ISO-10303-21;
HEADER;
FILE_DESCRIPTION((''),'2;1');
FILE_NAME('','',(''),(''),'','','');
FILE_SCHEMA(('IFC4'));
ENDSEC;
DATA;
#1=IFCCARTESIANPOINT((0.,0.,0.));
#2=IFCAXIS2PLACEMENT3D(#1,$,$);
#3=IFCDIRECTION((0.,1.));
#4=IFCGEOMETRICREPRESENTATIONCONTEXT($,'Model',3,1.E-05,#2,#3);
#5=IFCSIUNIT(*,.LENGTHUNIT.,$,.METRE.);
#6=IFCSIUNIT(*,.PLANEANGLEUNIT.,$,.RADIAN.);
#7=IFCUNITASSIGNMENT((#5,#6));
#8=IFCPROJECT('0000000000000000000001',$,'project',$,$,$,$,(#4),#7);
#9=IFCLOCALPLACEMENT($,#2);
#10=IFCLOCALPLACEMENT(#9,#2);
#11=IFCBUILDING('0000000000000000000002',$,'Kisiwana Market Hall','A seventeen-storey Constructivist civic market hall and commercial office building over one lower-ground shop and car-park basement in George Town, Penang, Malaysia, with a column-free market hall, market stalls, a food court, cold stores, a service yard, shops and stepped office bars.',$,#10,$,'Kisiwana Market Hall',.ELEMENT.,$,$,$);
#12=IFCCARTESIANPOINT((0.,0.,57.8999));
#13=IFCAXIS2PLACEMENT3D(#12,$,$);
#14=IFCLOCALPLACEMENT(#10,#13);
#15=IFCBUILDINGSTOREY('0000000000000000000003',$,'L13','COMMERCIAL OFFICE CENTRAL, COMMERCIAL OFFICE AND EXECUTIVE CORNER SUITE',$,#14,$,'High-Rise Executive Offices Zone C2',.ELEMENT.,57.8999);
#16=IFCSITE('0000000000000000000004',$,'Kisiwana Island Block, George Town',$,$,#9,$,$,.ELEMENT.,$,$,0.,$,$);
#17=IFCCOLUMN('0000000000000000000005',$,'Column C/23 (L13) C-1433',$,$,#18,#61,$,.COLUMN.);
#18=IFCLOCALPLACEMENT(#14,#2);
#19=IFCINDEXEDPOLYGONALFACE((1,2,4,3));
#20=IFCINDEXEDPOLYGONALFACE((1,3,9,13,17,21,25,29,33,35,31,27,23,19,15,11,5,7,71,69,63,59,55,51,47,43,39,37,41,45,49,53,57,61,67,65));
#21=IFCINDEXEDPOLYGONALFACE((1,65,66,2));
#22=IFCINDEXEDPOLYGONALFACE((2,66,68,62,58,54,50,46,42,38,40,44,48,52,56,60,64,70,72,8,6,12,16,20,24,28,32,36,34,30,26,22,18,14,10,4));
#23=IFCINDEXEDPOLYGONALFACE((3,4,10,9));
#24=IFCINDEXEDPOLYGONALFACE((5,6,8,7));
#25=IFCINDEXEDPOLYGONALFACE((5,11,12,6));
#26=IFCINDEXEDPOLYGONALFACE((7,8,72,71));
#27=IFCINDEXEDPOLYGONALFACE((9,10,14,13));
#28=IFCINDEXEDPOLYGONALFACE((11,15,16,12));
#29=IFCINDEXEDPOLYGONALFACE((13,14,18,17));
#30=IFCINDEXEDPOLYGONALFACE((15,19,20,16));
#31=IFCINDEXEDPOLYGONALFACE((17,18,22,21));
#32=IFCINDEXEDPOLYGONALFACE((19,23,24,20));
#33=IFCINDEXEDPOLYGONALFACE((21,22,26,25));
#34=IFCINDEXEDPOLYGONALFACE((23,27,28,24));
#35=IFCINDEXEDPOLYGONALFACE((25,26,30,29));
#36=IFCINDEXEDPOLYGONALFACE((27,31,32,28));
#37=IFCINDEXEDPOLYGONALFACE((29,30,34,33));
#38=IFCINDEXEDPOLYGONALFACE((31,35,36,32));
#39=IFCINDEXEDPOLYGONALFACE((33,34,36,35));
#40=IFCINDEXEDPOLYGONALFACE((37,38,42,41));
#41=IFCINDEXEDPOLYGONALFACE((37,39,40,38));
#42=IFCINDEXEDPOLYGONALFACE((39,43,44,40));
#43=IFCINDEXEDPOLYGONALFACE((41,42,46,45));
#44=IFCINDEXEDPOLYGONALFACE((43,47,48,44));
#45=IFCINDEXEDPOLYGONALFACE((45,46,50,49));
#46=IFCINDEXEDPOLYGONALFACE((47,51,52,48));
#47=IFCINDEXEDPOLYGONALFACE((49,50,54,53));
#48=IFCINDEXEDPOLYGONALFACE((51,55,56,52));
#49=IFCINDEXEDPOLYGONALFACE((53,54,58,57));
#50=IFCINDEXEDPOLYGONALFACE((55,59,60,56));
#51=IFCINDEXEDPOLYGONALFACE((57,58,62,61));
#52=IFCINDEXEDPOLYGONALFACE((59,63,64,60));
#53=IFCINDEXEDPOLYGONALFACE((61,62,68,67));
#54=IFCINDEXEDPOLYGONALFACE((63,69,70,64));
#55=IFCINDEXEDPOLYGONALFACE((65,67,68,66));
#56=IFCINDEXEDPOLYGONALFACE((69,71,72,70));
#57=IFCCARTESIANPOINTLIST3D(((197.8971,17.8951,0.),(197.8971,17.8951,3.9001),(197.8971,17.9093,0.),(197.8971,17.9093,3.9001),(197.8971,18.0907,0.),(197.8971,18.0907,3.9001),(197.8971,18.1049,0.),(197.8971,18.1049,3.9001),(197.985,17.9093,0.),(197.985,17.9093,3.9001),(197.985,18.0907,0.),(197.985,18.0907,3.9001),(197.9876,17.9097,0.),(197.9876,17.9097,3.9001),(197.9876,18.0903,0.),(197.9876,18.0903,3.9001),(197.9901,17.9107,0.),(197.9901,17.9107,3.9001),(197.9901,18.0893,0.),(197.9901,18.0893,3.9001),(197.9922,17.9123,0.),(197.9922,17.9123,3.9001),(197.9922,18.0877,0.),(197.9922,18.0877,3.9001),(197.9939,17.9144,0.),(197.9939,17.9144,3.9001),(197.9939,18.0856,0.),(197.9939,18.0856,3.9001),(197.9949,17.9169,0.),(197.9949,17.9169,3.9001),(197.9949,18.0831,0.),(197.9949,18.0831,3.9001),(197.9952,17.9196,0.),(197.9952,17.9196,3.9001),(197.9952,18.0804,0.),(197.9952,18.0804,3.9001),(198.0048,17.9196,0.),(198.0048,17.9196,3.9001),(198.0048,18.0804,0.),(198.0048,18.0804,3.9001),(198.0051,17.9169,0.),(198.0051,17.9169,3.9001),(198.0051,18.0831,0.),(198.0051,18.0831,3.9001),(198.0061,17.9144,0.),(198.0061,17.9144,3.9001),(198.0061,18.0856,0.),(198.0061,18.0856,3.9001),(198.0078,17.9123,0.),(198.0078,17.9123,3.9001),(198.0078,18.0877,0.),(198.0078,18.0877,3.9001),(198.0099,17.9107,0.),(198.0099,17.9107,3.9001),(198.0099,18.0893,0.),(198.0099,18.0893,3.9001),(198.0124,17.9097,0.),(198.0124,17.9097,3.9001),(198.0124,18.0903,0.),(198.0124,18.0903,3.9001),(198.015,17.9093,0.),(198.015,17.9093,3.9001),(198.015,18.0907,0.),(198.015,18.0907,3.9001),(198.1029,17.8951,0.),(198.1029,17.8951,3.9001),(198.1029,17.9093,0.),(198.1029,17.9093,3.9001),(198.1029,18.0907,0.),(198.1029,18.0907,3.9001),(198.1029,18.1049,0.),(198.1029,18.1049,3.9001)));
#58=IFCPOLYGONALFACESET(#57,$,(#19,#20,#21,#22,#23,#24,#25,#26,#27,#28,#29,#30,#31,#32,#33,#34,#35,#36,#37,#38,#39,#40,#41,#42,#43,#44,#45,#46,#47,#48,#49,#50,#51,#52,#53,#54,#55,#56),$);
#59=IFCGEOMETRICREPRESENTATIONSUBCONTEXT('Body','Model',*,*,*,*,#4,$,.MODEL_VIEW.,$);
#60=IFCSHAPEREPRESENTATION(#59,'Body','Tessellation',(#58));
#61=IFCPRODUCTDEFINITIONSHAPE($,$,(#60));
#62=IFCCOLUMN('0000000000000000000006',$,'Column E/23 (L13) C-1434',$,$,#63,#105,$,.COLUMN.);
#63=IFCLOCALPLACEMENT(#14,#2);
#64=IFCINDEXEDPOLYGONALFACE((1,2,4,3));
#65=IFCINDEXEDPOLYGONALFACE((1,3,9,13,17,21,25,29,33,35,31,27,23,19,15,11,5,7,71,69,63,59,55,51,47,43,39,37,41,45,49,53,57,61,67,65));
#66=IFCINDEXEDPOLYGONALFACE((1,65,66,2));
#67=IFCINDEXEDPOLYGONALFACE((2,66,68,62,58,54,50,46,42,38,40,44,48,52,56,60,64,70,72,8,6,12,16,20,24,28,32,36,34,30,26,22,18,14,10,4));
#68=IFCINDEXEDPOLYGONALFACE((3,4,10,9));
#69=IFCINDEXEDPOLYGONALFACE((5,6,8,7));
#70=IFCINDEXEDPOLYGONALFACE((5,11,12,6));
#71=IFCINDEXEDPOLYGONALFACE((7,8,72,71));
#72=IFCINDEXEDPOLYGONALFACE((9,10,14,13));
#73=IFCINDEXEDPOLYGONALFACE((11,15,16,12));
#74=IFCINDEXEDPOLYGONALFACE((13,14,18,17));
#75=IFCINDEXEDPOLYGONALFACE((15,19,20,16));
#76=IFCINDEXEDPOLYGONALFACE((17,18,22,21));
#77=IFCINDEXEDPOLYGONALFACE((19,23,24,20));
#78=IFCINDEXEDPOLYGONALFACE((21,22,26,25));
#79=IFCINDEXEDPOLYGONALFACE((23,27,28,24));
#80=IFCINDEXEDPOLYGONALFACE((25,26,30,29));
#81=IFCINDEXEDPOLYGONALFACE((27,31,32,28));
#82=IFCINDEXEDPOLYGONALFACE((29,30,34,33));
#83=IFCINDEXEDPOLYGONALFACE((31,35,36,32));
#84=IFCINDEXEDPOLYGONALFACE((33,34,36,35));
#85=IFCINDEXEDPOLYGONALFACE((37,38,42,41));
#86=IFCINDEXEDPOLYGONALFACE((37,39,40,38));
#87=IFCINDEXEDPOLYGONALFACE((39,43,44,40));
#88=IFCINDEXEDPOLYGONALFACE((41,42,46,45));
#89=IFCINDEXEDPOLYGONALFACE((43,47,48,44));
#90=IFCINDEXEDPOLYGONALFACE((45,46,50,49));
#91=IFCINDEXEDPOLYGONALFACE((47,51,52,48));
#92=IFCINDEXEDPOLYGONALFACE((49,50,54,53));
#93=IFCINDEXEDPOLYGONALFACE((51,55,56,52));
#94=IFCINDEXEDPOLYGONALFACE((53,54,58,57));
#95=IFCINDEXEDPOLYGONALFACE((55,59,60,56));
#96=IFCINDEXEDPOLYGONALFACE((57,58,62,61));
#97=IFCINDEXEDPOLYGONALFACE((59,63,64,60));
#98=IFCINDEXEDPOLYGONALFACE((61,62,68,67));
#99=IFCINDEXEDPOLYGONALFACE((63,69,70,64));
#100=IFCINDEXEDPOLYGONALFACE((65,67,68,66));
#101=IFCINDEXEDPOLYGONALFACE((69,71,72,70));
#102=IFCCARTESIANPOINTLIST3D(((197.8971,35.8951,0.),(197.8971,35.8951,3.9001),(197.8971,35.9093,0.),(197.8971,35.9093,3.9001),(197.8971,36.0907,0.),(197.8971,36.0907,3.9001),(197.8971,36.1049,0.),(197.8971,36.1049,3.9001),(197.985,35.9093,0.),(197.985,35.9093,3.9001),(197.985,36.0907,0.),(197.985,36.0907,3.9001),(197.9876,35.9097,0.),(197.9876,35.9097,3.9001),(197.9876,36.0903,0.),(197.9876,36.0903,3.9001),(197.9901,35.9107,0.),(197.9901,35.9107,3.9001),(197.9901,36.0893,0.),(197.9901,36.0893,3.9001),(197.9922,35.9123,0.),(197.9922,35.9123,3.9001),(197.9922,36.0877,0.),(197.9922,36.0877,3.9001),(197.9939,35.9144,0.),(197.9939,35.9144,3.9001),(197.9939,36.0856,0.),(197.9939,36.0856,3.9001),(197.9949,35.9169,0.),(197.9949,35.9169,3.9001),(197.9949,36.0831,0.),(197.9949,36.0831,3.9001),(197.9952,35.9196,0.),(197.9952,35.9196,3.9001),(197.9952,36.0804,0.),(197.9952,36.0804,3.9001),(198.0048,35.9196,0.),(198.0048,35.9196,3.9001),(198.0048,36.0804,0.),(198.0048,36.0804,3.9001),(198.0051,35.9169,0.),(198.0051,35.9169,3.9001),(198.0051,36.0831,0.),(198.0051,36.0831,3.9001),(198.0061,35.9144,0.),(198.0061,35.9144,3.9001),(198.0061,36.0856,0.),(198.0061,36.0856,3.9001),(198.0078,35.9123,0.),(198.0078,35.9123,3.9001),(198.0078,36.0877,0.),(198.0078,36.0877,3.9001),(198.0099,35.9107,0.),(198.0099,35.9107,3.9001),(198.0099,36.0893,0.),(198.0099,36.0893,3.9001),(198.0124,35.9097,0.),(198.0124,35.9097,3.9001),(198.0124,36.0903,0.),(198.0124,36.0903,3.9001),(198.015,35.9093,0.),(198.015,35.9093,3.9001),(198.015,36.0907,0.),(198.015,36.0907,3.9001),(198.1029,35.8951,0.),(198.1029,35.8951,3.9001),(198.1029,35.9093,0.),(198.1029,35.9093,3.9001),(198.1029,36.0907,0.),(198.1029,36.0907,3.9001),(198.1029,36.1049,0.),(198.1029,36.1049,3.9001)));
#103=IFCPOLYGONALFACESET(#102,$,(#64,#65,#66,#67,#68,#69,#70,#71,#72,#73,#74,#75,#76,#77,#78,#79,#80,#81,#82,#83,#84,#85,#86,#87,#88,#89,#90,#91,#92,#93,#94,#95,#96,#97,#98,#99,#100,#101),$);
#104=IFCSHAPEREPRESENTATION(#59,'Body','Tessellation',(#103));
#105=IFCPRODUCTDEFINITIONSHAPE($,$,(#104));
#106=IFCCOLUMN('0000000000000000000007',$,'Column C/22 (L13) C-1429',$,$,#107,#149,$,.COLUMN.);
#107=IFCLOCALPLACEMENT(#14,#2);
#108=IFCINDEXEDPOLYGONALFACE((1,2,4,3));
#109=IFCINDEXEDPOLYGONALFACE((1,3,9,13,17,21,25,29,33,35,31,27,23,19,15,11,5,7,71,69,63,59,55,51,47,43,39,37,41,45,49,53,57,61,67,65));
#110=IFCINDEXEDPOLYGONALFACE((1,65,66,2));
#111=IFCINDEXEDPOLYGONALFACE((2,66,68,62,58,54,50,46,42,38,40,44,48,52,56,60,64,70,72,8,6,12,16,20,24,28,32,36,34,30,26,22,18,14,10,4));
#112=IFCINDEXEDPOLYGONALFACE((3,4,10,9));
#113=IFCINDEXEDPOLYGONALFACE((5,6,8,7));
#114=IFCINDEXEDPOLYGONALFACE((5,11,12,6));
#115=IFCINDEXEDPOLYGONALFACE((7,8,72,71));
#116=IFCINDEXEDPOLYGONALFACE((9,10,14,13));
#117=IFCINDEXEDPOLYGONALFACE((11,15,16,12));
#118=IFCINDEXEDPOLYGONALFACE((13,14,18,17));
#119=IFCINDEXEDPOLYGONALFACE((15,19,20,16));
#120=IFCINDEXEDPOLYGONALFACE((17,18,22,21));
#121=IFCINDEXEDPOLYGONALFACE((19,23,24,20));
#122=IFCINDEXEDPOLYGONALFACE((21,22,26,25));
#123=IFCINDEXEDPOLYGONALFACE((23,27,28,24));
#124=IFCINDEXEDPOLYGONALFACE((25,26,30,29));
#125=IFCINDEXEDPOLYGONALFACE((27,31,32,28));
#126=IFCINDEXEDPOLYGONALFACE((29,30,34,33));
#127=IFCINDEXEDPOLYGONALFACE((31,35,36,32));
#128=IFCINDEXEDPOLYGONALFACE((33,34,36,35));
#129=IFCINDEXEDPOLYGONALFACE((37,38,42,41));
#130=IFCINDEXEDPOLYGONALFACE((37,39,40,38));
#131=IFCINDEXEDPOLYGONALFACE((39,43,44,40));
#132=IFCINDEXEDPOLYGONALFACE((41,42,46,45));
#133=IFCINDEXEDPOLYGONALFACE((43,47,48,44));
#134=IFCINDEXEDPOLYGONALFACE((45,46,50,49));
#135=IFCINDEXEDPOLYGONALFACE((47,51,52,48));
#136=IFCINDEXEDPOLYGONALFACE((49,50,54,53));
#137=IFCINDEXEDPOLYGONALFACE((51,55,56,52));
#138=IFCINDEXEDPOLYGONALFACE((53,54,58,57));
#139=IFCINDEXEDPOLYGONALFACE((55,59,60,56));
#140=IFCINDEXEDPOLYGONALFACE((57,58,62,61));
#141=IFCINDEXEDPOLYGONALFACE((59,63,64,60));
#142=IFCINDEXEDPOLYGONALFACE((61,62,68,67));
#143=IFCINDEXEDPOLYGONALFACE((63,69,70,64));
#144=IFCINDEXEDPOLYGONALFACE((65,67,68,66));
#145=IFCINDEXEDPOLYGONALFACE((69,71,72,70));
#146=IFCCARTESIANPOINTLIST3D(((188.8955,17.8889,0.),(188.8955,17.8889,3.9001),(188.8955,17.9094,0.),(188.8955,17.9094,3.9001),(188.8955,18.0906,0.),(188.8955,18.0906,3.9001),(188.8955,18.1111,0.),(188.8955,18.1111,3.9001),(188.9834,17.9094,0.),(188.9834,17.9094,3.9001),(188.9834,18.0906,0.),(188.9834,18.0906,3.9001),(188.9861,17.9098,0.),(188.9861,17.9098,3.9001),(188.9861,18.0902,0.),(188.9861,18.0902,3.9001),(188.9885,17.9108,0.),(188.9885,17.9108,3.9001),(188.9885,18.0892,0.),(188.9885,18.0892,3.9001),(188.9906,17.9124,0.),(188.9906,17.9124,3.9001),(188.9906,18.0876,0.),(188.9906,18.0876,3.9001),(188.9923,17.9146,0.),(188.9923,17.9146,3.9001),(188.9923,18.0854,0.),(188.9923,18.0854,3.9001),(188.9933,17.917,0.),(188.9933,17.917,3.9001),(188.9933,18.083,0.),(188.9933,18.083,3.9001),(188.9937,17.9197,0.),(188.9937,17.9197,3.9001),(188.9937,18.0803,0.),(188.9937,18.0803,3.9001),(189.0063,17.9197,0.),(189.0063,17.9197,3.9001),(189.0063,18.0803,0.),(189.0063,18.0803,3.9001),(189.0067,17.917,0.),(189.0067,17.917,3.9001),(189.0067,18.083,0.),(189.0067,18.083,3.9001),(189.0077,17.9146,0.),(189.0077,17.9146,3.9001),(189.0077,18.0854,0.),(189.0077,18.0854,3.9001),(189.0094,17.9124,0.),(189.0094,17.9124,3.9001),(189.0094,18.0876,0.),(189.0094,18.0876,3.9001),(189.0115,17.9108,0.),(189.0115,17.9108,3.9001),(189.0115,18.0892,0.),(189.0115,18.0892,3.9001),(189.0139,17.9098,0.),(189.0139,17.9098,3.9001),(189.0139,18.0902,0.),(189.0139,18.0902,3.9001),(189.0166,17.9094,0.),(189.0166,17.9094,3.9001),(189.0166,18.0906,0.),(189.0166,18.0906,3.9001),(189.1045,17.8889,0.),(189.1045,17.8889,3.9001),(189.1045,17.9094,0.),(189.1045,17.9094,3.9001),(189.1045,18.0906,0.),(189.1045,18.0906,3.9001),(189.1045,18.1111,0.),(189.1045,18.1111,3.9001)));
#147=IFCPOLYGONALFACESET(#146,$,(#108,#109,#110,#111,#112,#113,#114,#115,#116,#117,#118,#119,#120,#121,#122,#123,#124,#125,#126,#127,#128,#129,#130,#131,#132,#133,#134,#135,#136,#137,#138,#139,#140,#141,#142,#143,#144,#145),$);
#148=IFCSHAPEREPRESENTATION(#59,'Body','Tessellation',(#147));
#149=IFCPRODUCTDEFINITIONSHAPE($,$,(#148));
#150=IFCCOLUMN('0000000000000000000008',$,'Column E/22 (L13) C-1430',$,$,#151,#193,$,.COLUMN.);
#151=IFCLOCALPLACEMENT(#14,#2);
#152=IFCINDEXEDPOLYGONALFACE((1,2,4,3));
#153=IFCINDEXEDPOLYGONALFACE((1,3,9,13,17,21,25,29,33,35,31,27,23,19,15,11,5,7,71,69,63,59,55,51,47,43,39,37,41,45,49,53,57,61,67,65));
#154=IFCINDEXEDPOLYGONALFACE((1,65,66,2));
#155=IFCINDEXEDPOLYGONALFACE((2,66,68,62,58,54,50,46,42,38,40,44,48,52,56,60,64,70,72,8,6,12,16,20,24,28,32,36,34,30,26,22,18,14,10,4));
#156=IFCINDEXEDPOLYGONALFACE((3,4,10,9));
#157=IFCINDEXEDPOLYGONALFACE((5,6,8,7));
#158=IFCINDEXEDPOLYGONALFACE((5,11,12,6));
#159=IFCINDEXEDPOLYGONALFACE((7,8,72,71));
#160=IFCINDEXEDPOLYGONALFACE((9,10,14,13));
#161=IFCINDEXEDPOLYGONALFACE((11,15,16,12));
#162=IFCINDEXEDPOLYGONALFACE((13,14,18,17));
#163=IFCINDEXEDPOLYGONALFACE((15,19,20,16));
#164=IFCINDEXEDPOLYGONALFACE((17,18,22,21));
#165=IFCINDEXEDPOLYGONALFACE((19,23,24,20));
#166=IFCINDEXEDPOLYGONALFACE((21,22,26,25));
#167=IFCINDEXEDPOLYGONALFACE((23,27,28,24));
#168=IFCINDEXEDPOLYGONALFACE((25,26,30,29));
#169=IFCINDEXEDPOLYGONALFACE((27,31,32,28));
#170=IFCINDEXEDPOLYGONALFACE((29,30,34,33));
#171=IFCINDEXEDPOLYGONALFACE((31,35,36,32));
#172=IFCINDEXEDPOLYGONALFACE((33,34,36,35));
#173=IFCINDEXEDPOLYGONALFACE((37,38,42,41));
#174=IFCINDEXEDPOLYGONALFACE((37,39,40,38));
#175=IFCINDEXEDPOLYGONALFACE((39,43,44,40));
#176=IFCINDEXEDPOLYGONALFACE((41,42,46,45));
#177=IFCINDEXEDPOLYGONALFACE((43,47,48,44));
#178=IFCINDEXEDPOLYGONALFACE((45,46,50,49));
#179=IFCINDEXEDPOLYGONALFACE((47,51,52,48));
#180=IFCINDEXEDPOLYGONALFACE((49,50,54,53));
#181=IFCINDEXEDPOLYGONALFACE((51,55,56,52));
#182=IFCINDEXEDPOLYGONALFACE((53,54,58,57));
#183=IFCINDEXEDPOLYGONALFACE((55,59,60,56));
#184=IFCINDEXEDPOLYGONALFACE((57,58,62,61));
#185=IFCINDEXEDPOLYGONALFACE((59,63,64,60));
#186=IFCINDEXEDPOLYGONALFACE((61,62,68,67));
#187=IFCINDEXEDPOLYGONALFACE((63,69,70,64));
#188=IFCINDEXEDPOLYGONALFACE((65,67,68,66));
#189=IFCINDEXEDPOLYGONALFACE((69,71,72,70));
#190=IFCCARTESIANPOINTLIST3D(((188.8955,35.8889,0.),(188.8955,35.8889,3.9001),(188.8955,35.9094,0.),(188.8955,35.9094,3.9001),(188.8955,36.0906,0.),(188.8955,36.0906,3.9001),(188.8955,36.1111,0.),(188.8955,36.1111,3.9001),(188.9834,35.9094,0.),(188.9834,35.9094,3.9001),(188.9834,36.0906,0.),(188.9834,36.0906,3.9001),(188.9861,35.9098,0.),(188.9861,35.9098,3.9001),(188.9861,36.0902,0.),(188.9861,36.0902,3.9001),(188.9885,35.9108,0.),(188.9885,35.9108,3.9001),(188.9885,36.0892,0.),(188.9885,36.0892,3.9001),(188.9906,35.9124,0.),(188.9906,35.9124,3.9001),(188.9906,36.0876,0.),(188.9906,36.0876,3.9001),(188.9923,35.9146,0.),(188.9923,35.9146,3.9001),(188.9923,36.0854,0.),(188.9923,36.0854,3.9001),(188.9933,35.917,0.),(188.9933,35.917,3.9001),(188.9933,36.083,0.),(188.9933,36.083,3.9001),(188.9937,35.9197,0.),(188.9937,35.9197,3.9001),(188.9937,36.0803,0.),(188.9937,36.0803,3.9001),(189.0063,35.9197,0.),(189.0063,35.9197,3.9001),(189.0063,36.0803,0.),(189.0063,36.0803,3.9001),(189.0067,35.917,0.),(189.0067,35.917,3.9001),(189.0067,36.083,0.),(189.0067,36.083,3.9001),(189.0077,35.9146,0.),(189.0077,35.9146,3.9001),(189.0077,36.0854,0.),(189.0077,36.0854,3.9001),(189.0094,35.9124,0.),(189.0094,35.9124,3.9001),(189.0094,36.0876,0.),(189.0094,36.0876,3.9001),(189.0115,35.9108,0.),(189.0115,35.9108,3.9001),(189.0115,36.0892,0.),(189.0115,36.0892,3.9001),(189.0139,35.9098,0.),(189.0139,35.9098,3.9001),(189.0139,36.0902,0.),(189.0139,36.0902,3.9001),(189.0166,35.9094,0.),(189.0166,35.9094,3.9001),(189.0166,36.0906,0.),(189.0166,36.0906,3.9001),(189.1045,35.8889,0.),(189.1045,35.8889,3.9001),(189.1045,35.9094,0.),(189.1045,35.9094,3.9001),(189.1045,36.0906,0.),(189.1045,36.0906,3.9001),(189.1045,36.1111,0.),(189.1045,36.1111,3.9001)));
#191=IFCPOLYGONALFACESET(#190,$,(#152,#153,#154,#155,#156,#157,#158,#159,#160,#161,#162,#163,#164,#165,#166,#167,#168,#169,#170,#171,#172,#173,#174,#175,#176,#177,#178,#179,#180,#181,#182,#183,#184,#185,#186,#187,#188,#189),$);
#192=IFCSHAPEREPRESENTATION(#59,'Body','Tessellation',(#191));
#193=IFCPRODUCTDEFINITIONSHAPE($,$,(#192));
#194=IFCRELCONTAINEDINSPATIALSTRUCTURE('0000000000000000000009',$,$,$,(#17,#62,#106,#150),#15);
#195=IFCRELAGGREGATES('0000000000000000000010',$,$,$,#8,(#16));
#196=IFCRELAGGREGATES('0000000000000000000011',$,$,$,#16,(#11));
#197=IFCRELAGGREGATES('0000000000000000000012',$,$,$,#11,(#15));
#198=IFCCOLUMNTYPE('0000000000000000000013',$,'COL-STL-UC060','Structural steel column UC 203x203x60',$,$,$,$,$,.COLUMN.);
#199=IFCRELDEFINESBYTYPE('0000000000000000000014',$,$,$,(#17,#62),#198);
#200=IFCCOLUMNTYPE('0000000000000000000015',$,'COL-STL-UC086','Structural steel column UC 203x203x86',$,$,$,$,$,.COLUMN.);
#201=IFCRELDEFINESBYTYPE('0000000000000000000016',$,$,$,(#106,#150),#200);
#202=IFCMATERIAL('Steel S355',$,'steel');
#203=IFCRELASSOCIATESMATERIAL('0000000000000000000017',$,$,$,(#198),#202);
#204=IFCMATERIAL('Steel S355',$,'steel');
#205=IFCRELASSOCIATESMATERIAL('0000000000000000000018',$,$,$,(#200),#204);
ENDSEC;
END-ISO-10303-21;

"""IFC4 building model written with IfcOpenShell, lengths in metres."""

from ifc_helpers import new_model, si_unit, direction, frame, origin, origin_2d, place, context, subcontext, project, spatial, i_section, extrude, material, material_profile, profile_set, type_object, element, save


model = new_model("IFC4")

# Units and contexts
model_context = context("Model", 3, precision=1e-05, world=origin(), true_north=direction((0.0, 1.0)))
body_context = subcontext(model_context, "Body", "Model", "MODEL_VIEW")
ifc_project = project(units=[si_unit("LENGTHUNIT", "METRE"), si_unit("PLANEANGLEUNIT", "RADIAN")], contexts=[model_context])

# Site, building, storey
site_placement = place(None, origin())
site = spatial("IfcSite", under=ifc_project, at=site_placement, Name="Kisiwana Island Block, George Town", CompositionType="ELEMENT", RefElevation=0.0)
building_placement = place(site_placement, origin())
building = spatial("IfcBuilding", under=site, at=building_placement, Name="Kisiwana Market Hall", Description="A seventeen-storey Constructivist civic market hall and commercial office building over one lower-ground shop and car-park basement in George Town, Penang, Malaysia, with a column-free market hall, market stalls, a food court, cold stores, a service yard, shops and stepped office bars.", LongName="Kisiwana Market Hall", CompositionType="ELEMENT")
storey_placement = place(building_placement, frame((0.0, 0.0, 57.8999)))
storey = spatial("IfcBuildingStorey", under=building, at=storey_placement, Name="L13", Description="COMMERCIAL OFFICE CENTRAL, COMMERCIAL OFFICE AND EXECUTIVE CORNER SUITE", LongName="High-Rise Executive Offices Zone C2", CompositionType="ELEMENT", Elevation=57.8999)

# Columns
ifc_material_1 = material(Name="Steel S355", Category="steel")
ifc_material_profile_1 = material_profile(ifc_material_1, i_section(OverallWidth=0.2058, OverallDepth=0.2097, WebThickness=0.0095, FlangeThickness=0.0142, FilletRadius=0.0103, at=origin_2d()), Name="UC 203x203x60")
ifc_profile_set_1 = profile_set([ifc_material_profile_1], Name="Steel S355")
column_type_1 = type_object("IfcColumnType", Name="COL-STL-UC060", Description="Structural steel column UC 203x203x60", PredefinedType="COLUMN", material=ifc_profile_set_1)
for number, where, z_axis, x_axis, name in (
    (1, (198.0, 18.0, 0.0), (0.0, 0.0, 1.0), (1.0, 0.0, 0.0), "Column C/23 (L13) C-1433"),
    (2, (198.0, 36.0, 0.0), (0.0, 0.0, 1.0), (1.0, 0.0, 0.0), "Column E/23 (L13) C-1434"),
):
    element("IfcColumn", number, at=place(storey_placement, frame(where, z_axis=z_axis, x_axis=x_axis)), inside=storey, type_object=column_type_1, Name=name, PredefinedType="COLUMN", context=body_context, shape_type="SweptSolid", body=[
        extrude(i_section(OverallWidth=0.2058, OverallDepth=0.2097, WebThickness=0.0095, FlangeThickness=0.0142, FilletRadius=0.0103, at=origin_2d()), origin(), (0.0, 0.0, 1.0), 3.9001),
    ])
ifc_material_2 = material(Name="Steel S355", Category="steel")
ifc_material_profile_2 = material_profile(ifc_material_2, i_section(OverallWidth=0.209, OverallDepth=0.2222, WebThickness=0.0127, FlangeThickness=0.0205, FilletRadius=0.0103, at=origin_2d()), Name="UC 203x203x86")
ifc_profile_set_2 = profile_set([ifc_material_profile_2], Name="Steel S355")
column_type_2 = type_object("IfcColumnType", Name="COL-STL-UC086", Description="Structural steel column UC 203x203x86", PredefinedType="COLUMN", material=ifc_profile_set_2)
for number, where, z_axis, x_axis, name in (
    (3, (189.0, 18.0, 0.0), (0.0, 0.0, 1.0), (1.0, 0.0, 0.0), "Column C/22 (L13) C-1429"),
    (4, (189.0, 36.0, 0.0), (0.0, 0.0, 1.0), (1.0, 0.0, 0.0), "Column E/22 (L13) C-1430"),
):
    element("IfcColumn", number, at=place(storey_placement, frame(where, z_axis=z_axis, x_axis=x_axis)), inside=storey, type_object=column_type_2, Name=name, PredefinedType="COLUMN", context=body_context, shape_type="SweptSolid", body=[
        extrude(i_section(OverallWidth=0.209, OverallDepth=0.2222, WebThickness=0.0127, FlangeThickness=0.0205, FilletRadius=0.0103, at=origin_2d()), origin(), (0.0, 0.0, 1.0), 3.9001),
    ])

save(model, "model.ifc")
